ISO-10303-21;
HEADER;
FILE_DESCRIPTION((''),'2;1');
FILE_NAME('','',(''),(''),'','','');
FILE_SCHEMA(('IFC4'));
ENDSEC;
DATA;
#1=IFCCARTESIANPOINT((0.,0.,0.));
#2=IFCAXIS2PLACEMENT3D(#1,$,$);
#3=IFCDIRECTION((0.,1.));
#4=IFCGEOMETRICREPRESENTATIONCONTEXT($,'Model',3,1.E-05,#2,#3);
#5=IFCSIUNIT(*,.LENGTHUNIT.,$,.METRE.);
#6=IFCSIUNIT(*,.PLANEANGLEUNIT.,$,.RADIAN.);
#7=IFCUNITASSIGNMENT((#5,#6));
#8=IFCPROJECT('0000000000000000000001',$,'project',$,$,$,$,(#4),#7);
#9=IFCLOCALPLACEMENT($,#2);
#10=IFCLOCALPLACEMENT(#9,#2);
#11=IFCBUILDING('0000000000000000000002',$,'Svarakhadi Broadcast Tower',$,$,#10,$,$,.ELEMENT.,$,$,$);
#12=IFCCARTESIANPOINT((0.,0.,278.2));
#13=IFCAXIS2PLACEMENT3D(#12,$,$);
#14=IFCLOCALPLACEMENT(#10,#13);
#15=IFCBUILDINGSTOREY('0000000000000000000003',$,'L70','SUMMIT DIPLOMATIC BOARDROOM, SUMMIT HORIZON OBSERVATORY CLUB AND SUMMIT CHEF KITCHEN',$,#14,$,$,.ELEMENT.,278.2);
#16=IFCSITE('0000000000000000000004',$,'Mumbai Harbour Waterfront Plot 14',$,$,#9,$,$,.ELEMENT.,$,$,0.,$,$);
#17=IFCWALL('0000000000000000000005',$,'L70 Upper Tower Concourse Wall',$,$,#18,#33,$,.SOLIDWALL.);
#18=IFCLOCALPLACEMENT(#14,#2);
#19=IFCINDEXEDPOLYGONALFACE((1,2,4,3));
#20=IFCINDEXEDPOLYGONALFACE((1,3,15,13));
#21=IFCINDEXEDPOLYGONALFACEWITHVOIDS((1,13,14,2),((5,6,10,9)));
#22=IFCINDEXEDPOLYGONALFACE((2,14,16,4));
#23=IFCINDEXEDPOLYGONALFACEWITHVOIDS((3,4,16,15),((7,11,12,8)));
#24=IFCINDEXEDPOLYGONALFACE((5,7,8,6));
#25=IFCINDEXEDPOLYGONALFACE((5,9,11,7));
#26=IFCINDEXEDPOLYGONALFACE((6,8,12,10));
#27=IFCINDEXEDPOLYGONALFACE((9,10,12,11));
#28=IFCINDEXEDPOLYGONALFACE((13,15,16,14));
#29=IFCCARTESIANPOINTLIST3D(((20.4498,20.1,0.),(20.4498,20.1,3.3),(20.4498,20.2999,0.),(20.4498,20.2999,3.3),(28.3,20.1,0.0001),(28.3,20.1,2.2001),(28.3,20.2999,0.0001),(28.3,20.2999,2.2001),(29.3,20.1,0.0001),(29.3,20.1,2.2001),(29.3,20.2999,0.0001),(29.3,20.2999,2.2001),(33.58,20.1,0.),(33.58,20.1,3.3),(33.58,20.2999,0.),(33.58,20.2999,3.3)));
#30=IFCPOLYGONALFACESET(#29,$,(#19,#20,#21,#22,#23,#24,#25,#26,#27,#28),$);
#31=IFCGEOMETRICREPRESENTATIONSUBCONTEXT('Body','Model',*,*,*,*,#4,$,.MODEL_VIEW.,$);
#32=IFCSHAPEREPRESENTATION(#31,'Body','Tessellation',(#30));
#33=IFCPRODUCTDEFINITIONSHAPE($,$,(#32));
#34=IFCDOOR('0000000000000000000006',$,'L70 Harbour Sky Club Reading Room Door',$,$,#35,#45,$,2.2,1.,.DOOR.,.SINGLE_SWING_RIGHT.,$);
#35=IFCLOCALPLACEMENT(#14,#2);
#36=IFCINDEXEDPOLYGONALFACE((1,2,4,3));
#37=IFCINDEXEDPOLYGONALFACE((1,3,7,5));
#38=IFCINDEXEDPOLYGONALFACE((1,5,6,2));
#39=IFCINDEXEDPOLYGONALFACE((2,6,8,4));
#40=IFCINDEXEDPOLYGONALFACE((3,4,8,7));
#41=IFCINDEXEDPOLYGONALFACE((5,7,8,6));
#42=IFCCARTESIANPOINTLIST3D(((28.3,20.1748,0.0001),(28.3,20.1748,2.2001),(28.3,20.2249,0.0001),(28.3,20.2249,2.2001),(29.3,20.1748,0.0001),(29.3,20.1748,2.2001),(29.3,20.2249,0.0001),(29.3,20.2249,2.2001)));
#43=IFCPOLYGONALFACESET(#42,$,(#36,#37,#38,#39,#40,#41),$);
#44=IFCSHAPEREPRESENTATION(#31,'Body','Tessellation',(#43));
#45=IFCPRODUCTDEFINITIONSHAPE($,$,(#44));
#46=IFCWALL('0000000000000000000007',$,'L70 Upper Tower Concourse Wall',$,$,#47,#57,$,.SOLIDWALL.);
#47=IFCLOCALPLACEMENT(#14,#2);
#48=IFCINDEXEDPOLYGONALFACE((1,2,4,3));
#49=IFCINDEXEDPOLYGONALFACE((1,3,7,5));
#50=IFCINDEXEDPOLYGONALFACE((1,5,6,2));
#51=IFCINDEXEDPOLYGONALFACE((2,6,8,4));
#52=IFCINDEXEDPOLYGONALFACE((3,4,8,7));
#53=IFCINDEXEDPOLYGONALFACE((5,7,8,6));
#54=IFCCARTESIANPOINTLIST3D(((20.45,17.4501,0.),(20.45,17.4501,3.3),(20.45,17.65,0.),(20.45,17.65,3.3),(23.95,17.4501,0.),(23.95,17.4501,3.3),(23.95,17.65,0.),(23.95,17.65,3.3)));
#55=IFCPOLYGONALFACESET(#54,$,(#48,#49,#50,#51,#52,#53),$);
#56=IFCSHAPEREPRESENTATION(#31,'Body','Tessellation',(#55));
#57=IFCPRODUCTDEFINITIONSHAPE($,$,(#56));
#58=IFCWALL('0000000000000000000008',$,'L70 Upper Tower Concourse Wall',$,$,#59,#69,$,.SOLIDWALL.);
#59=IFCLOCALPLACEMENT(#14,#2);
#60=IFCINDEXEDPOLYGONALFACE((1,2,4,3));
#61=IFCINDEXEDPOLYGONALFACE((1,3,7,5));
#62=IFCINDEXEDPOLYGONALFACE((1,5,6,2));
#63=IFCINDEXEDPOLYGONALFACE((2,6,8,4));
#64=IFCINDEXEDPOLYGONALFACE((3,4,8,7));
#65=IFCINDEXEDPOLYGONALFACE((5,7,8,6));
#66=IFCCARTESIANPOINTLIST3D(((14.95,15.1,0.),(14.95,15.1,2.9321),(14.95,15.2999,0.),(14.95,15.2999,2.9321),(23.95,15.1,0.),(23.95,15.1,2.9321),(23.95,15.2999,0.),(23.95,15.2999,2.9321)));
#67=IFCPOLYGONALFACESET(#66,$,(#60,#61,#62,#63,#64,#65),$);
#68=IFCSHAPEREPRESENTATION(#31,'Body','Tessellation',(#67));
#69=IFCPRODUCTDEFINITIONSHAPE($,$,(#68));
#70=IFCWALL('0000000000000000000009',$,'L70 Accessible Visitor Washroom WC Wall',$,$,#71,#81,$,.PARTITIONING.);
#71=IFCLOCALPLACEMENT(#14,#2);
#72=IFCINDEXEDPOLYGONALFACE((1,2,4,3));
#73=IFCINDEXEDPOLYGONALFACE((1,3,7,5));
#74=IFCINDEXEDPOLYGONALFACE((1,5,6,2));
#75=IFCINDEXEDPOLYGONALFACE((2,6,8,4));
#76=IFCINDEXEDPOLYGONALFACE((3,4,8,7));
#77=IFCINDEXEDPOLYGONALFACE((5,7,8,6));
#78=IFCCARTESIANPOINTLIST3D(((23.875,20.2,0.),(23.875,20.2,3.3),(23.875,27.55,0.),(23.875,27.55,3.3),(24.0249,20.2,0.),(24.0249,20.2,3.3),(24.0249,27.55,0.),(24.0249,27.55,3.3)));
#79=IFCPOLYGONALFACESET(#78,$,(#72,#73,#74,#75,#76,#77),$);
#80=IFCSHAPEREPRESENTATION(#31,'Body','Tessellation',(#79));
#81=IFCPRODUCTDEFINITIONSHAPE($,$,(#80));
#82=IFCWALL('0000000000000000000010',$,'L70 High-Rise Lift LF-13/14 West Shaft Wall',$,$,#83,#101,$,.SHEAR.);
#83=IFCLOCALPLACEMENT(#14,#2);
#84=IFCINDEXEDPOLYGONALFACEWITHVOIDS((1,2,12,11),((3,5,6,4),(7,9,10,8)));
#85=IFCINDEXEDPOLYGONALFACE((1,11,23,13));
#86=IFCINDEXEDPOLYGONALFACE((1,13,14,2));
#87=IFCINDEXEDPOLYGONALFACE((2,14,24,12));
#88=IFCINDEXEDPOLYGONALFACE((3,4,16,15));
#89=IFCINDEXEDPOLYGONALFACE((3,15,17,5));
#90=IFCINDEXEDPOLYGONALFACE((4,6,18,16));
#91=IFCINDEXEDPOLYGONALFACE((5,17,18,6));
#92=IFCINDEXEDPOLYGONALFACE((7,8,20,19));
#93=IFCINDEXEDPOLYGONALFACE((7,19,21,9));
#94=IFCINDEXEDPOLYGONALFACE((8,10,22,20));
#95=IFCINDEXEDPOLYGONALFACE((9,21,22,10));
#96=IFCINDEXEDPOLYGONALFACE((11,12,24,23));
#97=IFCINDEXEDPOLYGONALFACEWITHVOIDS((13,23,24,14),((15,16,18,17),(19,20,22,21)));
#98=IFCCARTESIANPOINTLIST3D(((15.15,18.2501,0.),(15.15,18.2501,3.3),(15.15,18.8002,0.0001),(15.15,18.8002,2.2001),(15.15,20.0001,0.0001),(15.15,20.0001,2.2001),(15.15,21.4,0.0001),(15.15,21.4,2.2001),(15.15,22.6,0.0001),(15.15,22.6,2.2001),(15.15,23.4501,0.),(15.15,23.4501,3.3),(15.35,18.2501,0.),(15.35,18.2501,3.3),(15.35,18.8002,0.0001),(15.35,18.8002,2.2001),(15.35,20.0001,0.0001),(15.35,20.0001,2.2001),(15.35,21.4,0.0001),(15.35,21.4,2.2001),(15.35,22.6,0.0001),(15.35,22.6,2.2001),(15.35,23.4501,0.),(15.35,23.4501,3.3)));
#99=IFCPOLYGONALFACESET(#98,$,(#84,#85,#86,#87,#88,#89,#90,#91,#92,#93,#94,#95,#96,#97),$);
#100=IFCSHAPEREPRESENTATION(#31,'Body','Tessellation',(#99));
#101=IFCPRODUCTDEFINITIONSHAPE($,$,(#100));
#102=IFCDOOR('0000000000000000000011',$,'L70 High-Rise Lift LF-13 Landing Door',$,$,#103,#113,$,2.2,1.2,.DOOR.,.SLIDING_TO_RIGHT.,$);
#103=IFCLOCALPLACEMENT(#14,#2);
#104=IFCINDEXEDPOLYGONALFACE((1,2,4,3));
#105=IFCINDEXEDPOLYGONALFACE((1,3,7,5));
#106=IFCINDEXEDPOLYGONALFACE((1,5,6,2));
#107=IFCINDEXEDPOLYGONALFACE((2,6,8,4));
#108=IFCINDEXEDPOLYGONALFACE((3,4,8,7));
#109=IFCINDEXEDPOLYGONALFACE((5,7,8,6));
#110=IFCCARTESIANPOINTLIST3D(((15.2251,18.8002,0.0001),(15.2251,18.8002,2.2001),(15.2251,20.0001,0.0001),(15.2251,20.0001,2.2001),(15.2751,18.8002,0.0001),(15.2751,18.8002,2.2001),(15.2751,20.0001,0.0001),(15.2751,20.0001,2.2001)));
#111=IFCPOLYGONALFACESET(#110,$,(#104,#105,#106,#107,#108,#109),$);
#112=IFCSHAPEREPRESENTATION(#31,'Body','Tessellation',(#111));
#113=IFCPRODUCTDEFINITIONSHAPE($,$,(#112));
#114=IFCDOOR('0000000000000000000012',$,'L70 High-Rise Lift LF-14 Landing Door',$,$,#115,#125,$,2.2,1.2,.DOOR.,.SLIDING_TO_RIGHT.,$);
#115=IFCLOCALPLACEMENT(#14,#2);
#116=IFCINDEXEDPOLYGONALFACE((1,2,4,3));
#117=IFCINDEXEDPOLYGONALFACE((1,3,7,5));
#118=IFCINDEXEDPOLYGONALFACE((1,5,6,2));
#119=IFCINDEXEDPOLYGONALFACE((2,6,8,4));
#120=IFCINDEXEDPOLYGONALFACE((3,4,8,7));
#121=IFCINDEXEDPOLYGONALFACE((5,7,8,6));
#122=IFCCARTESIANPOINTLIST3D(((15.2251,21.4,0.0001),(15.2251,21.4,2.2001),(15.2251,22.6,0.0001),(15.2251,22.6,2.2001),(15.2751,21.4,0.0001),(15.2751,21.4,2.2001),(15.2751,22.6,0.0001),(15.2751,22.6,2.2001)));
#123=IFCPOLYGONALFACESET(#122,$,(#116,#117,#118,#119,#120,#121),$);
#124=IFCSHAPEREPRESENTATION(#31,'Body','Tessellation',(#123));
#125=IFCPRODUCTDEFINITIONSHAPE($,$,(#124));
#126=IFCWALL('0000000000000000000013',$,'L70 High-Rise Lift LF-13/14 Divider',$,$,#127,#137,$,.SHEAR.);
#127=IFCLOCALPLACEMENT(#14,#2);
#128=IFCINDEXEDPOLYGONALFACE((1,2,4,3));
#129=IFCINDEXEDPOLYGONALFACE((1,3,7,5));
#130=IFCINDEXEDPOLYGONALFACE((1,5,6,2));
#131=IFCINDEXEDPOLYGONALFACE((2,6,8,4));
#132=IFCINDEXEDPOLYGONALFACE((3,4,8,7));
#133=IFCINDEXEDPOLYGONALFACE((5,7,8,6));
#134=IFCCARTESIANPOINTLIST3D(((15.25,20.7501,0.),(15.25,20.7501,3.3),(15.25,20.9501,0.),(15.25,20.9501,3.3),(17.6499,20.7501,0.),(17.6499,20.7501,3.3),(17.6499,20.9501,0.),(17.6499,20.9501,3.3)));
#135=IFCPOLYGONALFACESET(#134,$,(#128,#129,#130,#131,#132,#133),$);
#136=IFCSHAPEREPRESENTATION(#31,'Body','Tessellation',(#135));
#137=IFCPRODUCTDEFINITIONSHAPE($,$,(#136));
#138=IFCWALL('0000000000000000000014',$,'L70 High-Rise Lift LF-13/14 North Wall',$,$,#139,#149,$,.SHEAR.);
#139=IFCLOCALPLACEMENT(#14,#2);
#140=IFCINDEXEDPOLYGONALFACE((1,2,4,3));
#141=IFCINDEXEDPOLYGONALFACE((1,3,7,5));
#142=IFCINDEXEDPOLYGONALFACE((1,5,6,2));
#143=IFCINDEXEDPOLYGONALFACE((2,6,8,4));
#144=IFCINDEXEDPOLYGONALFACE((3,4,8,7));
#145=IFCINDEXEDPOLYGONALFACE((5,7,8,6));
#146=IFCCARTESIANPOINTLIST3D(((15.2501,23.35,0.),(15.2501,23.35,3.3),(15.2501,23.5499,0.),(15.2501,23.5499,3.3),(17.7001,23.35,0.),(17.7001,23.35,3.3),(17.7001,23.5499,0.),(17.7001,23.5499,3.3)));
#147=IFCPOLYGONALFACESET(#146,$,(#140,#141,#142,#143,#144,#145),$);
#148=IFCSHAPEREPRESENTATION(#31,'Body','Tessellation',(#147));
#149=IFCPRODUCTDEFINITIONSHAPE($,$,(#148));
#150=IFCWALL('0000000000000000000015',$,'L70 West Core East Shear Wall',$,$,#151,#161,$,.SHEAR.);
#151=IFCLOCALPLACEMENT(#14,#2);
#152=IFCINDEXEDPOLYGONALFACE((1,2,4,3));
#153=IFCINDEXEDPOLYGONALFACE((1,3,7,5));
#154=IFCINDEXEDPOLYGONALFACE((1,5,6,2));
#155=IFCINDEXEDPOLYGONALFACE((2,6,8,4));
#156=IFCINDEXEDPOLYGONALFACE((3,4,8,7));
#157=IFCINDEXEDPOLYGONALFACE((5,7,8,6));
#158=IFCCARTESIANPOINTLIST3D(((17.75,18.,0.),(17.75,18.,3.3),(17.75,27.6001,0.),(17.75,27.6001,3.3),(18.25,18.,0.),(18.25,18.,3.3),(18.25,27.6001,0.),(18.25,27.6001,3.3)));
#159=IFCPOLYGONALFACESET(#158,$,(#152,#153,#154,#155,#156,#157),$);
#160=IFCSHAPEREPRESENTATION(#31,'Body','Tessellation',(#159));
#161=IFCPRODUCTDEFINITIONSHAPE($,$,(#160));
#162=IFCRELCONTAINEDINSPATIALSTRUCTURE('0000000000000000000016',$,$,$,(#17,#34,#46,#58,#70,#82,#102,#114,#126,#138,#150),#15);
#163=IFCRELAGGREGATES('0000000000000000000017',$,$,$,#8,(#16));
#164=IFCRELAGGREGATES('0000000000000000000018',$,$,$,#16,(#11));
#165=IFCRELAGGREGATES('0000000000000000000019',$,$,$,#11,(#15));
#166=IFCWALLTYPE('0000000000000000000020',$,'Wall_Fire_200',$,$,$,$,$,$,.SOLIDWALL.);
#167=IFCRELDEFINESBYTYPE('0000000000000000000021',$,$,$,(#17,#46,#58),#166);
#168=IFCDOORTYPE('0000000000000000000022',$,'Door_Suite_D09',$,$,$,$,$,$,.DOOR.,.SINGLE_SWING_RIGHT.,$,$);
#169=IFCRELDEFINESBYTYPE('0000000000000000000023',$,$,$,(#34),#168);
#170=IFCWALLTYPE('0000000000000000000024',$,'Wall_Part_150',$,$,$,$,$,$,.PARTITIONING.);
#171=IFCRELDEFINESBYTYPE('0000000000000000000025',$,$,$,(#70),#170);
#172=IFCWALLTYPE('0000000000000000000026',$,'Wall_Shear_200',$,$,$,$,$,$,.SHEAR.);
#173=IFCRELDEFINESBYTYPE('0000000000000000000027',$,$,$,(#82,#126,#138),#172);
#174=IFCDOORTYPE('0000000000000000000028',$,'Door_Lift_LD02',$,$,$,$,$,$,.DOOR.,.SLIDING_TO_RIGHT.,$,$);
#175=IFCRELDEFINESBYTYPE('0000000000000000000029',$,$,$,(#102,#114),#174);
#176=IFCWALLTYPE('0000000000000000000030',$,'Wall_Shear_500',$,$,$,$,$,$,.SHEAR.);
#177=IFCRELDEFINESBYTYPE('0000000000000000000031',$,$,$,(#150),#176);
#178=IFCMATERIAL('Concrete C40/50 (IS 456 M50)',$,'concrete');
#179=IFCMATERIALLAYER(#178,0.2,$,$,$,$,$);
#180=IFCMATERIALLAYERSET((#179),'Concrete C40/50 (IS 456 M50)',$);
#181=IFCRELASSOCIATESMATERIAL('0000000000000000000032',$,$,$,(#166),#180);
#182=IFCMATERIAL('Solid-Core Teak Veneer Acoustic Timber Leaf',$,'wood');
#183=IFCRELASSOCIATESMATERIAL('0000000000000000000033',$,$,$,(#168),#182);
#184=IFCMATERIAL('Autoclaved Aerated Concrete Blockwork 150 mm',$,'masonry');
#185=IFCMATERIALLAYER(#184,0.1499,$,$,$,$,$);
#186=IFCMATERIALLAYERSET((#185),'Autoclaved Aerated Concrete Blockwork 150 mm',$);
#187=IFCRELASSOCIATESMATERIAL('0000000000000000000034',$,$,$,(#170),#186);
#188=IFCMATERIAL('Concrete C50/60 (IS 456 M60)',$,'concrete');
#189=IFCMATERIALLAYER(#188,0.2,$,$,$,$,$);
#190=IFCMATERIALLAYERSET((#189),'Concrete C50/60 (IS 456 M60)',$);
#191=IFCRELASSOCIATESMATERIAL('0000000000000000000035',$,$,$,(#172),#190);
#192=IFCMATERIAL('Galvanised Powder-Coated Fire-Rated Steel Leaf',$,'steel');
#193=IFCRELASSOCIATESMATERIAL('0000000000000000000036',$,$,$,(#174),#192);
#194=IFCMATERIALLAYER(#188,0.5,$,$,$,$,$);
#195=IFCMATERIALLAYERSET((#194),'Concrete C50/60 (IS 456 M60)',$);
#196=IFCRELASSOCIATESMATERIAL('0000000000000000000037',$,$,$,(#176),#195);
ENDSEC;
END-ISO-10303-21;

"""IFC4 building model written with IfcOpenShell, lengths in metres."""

from ifc_helpers import new_model, si_unit, direction, frame, frame_2d, origin, place, context, subcontext, project, spatial, rectangle, extrude, material, layer, layer_set, type_object, element, fill, save


model = new_model("IFC4")

# Units and contexts
model_context = context("Model", 3, precision=1e-05, world=origin(), true_north=direction((0.0, 1.0)))
body_context = subcontext(model_context, "Body", "Model", "MODEL_VIEW")
ifc_project = project(units=[si_unit("LENGTHUNIT", "METRE"), si_unit("PLANEANGLEUNIT", "RADIAN")], contexts=[model_context])

# Site, building, storey
site_placement = place(None, origin())
site = spatial("IfcSite", under=ifc_project, at=site_placement, Name="Mumbai Harbour Waterfront Plot 14", CompositionType="ELEMENT", RefElevation=0.0)
building_placement = place(site_placement, origin())
building = spatial("IfcBuilding", under=site, at=building_placement, Name="Svarakhadi Broadcast Tower", CompositionType="ELEMENT")
storey_placement = place(building_placement, frame((0.0, 0.0, 278.2)))
storey = spatial("IfcBuildingStorey", under=building, at=storey_placement, Name="L70", Description="SUMMIT DIPLOMATIC BOARDROOM, SUMMIT HORIZON OBSERVATORY CLUB AND SUMMIT CHEF KITCHEN", CompositionType="ELEMENT", Elevation=278.2)

# Shared definitions
ifc_material_1 = material(Name="Concrete C50/60 (IS 456 M60)", Category="concrete")

# Wall, opening, door
ifc_material_2 = material(Name="Concrete C40/50 (IS 456 M50)", Category="concrete")
ifc_layer_1 = layer(ifc_material_2, 0.2)
ifc_layer_set_1 = layer_set([ifc_layer_1], Name="Concrete C40/50 (IS 456 M50)")
wall_type_1 = type_object("IfcWallType", Name="Wall_Fire_200", PredefinedType="SOLIDWALL", material=ifc_layer_set_1)
wall_1_placement = place(storey_placement, frame((20.45, 20.2, 0.0), z_axis=(0.0, 0.0, 1.0), x_axis=(1.0, 0.0, 0.0)))
wall_1 = element("IfcWall", 1, at=wall_1_placement, inside=storey, type_object=wall_type_1, Name="L70 Upper Tower Concourse Wall", PredefinedType="SOLIDWALL", context=body_context, shape_type="SweptSolid", body=[
    extrude(rectangle(XDim=13.1301, YDim=0.2, at=frame_2d((6.5649, 0.0))), origin(), (0.0, 0.0, 1.0), 3.3),
])
opening_1_placement = place(wall_1_placement, frame((7.8501, 0.0, 0.0)))
opening_1 = element("IfcOpeningElement", 2, at=opening_1_placement, cuts=wall_1, PredefinedType="OPENING", context=body_context, shape_type="SweptSolid", body=[
    extrude(rectangle(XDim=1.0, YDim=2.2, at=frame_2d((0.5, 1.1001))), frame((0.0, 0.1099, 0.0), z_axis=(0.0, -1.0, 0.0), x_axis=(1.0, 0.0, 0.0)), (0.0, 0.0, 1.0), 0.22),
])
ifc_material_3 = material(Name="Solid-Core Teak Veneer Acoustic Timber Leaf", Category="wood")
door_type_1 = type_object("IfcDoorType", Name="Door_Suite_D09", OperationType="SINGLE_SWING_RIGHT", PredefinedType="DOOR", material=ifc_material_3)
door_1_placement = place(opening_1_placement, origin())
door_1 = element("IfcDoor", 3, at=door_1_placement, inside=storey, type_object=door_type_1, Name="L70 Harbour Sky Club Reading Room Door", OperationType="SINGLE_SWING_RIGHT", OverallHeight=2.2, OverallWidth=1.0, PredefinedType="DOOR", context=body_context, shape_type="SweptSolid", body=[
    extrude(rectangle(XDim=1.0, YDim=2.2, at=frame_2d((0.5, 1.1001))), frame((0.0, 0.0249, 0.0), z_axis=(0.0, -1.0, 0.0), x_axis=(1.0, 0.0, 0.0)), (0.0, 0.0, 1.0), 0.05),
])
fill(opening_1, door_1)

# Walls
wall_2_placement = place(storey_placement, frame((20.45, 17.55, 0.0), z_axis=(0.0, 0.0, 1.0), x_axis=(1.0, 0.0, 0.0)))
element("IfcWall", 4, at=wall_2_placement, inside=storey, type_object=wall_type_1, Name="L70 Upper Tower Concourse Wall", PredefinedType="SOLIDWALL", context=body_context, shape_type="SweptSolid", body=[
    extrude(rectangle(XDim=3.5, YDim=0.2, at=frame_2d((1.75, 0.0))), origin(), (0.0, 0.0, 1.0), 3.3),
])
wall_3_placement = place(storey_placement, frame((23.95, 15.2, 0.0), z_axis=(0.0, 0.0, 1.0), x_axis=(-1.0, 0.0, 0.0)))
element("IfcWall", 5, at=wall_3_placement, inside=storey, type_object=wall_type_1, Name="L70 Upper Tower Concourse Wall", PredefinedType="SOLIDWALL", context=body_context, shape_type="SweptSolid", body=[
    extrude(rectangle(XDim=9.0, YDim=0.2, at=frame_2d((4.5, 0.0))), origin(), (0.0, 0.0, 1.0), 2.9321),
])

# Shared definitions
ifc_material_4 = material(Name="Autoclaved Aerated Concrete Blockwork 150 mm", Category="masonry")
ifc_layer_2 = layer(ifc_material_4, 0.1499)
ifc_layer_set_2 = layer_set([ifc_layer_2], Name="Autoclaved Aerated Concrete Blockwork 150 mm")
wall_type_2 = type_object("IfcWallType", Name="Wall_Part_150", PredefinedType="PARTITIONING", material=ifc_layer_set_2)
ifc_material_5 = material(Name="Galvanised Powder-Coated Fire-Rated Steel Leaf", Category="steel")

# Wall
wall_4_placement = place(storey_placement, frame((23.95, 20.2, 0.0), z_axis=(0.0, 0.0, 1.0), x_axis=(0.0, 1.0, 0.0)))
element("IfcWall", 6, at=wall_4_placement, inside=storey, type_object=wall_type_2, Name="L70 Accessible Visitor Washroom WC Wall", PredefinedType="PARTITIONING", context=body_context, shape_type="SweptSolid", body=[
    extrude(rectangle(XDim=7.3501, YDim=0.1499, at=frame_2d((3.675, 0.0))), origin(), (0.0, 0.0, 1.0), 3.3),
])

# Wall, openings, doors
ifc_layer_3 = layer(ifc_material_1, 0.2)
ifc_layer_set_3 = layer_set([ifc_layer_3], Name="Concrete C50/60 (IS 456 M60)")
wall_type_3 = type_object("IfcWallType", Name="Wall_Shear_200", PredefinedType="SHEAR", material=ifc_layer_set_3)
wall_5_placement = place(storey_placement, frame((15.25, 18.25, 0.0), z_axis=(0.0, 0.0, 1.0), x_axis=(0.0, 1.0, 0.0)))
wall_5 = element("IfcWall", 7, at=wall_5_placement, inside=storey, type_object=wall_type_3, Name="L70 High-Rise Lift LF-13/14 West Shaft Wall", PredefinedType="SHEAR", context=body_context, shape_type="SweptSolid", body=[
    extrude(rectangle(XDim=5.2, YDim=0.2, at=frame_2d((2.6001, 0.0))), origin(), (0.0, 0.0, 1.0), 3.3),
])
opening_2_placement = place(wall_5_placement, frame((0.55, 0.0, 0.0)))
opening_2 = element("IfcOpeningElement", 8, at=opening_2_placement, cuts=wall_5, PredefinedType="OPENING", context=body_context, shape_type="SweptSolid", body=[
    extrude(rectangle(XDim=1.2, YDim=2.2, at=frame_2d((0.6001, 1.1001))), frame((0.0, 0.1099, 0.0), z_axis=(0.0, -1.0, 0.0), x_axis=(1.0, 0.0, 0.0)), (0.0, 0.0, 1.0), 0.22),
])
opening_3_placement = place(wall_5_placement, frame((3.1499, 0.0, 0.0)))
opening_3 = element("IfcOpeningElement", 9, at=opening_3_placement, cuts=wall_5, PredefinedType="OPENING", context=body_context, shape_type="SweptSolid", body=[
    extrude(rectangle(XDim=1.2, YDim=2.2, at=frame_2d((0.6001, 1.1001))), frame((0.0, 0.1099, 0.0), z_axis=(0.0, -1.0, 0.0), x_axis=(1.0, 0.0, 0.0)), (0.0, 0.0, 1.0), 0.22),
])
door_type_2 = type_object("IfcDoorType", Name="Door_Lift_LD02", OperationType="SLIDING_TO_RIGHT", PredefinedType="DOOR", material=ifc_material_5)
door_2_placement = place(opening_2_placement, origin())
door_2 = element("IfcDoor", 10, at=door_2_placement, inside=storey, type_object=door_type_2, Name="L70 High-Rise Lift LF-13 Landing Door", OperationType="SLIDING_TO_RIGHT", OverallHeight=2.2, OverallWidth=1.2, PredefinedType="DOOR", context=body_context, shape_type="SweptSolid", body=[
    extrude(rectangle(XDim=1.2, YDim=2.2, at=frame_2d((0.6001, 1.1001))), frame((0.0, 0.0249, 0.0), z_axis=(0.0, -1.0, 0.0), x_axis=(1.0, 0.0, 0.0)), (0.0, 0.0, 1.0), 0.05),
])
fill(opening_2, door_2)
door_3_placement = place(opening_3_placement, origin())
door_3 = element("IfcDoor", 11, at=door_3_placement, inside=storey, type_object=door_type_2, Name="L70 High-Rise Lift LF-14 Landing Door", OperationType="SLIDING_TO_RIGHT", OverallHeight=2.2, OverallWidth=1.2, PredefinedType="DOOR", context=body_context, shape_type="SweptSolid", body=[
    extrude(rectangle(XDim=1.2, YDim=2.2, at=frame_2d((0.6001, 1.1001))), frame((0.0, 0.0249, 0.0), z_axis=(0.0, -1.0, 0.0), x_axis=(1.0, 0.0, 0.0)), (0.0, 0.0, 1.0), 0.05),
])
fill(opening_3, door_3)

# Walls
wall_6_placement = place(storey_placement, frame((15.25, 20.8501, 0.0), z_axis=(0.0, 0.0, 1.0), x_axis=(1.0, 0.0, 0.0)))
element("IfcWall", 12, at=wall_6_placement, inside=storey, type_object=wall_type_3, Name="L70 High-Rise Lift LF-13/14 Divider", PredefinedType="SHEAR", context=body_context, shape_type="SweptSolid", body=[
    extrude(rectangle(XDim=2.3999, YDim=0.2, at=frame_2d((1.2, 0.0))), origin(), (0.0, 0.0, 1.0), 3.3),
])
wall_7_placement = place(storey_placement, frame((15.25, 23.45, 0.0), z_axis=(0.0, 0.0, 1.0), x_axis=(1.0, 0.0, 0.0)))
element("IfcWall", 13, at=wall_7_placement, inside=storey, type_object=wall_type_3, Name="L70 High-Rise Lift LF-13/14 North Wall", PredefinedType="SHEAR", context=body_context, shape_type="SweptSolid", body=[
    extrude(rectangle(XDim=2.45, YDim=0.2, at=frame_2d((1.2251, 0.0))), origin(), (0.0, 0.0, 1.0), 3.3),
])
ifc_layer_4 = layer(ifc_material_1, 0.5)
ifc_layer_set_4 = layer_set([ifc_layer_4], Name="Concrete C50/60 (IS 456 M60)")
wall_type_4 = type_object("IfcWallType", Name="Wall_Shear_500", PredefinedType="SHEAR", material=ifc_layer_set_4)
wall_8_placement = place(storey_placement, frame((18.0, 18.0, 0.0), z_axis=(0.0, 0.0, 1.0), x_axis=(0.0, 1.0, 0.0)))
element("IfcWall", 14, at=wall_8_placement, inside=storey, type_object=wall_type_4, Name="L70 West Core East Shear Wall", PredefinedType="SHEAR", context=body_context, shape_type="SweptSolid", body=[
    extrude(rectangle(XDim=9.6001, YDim=0.5, at=frame_2d((4.8, 0.0))), origin(), (0.0, 0.0, 1.0), 3.3),
])

save(model, "model.ifc")
